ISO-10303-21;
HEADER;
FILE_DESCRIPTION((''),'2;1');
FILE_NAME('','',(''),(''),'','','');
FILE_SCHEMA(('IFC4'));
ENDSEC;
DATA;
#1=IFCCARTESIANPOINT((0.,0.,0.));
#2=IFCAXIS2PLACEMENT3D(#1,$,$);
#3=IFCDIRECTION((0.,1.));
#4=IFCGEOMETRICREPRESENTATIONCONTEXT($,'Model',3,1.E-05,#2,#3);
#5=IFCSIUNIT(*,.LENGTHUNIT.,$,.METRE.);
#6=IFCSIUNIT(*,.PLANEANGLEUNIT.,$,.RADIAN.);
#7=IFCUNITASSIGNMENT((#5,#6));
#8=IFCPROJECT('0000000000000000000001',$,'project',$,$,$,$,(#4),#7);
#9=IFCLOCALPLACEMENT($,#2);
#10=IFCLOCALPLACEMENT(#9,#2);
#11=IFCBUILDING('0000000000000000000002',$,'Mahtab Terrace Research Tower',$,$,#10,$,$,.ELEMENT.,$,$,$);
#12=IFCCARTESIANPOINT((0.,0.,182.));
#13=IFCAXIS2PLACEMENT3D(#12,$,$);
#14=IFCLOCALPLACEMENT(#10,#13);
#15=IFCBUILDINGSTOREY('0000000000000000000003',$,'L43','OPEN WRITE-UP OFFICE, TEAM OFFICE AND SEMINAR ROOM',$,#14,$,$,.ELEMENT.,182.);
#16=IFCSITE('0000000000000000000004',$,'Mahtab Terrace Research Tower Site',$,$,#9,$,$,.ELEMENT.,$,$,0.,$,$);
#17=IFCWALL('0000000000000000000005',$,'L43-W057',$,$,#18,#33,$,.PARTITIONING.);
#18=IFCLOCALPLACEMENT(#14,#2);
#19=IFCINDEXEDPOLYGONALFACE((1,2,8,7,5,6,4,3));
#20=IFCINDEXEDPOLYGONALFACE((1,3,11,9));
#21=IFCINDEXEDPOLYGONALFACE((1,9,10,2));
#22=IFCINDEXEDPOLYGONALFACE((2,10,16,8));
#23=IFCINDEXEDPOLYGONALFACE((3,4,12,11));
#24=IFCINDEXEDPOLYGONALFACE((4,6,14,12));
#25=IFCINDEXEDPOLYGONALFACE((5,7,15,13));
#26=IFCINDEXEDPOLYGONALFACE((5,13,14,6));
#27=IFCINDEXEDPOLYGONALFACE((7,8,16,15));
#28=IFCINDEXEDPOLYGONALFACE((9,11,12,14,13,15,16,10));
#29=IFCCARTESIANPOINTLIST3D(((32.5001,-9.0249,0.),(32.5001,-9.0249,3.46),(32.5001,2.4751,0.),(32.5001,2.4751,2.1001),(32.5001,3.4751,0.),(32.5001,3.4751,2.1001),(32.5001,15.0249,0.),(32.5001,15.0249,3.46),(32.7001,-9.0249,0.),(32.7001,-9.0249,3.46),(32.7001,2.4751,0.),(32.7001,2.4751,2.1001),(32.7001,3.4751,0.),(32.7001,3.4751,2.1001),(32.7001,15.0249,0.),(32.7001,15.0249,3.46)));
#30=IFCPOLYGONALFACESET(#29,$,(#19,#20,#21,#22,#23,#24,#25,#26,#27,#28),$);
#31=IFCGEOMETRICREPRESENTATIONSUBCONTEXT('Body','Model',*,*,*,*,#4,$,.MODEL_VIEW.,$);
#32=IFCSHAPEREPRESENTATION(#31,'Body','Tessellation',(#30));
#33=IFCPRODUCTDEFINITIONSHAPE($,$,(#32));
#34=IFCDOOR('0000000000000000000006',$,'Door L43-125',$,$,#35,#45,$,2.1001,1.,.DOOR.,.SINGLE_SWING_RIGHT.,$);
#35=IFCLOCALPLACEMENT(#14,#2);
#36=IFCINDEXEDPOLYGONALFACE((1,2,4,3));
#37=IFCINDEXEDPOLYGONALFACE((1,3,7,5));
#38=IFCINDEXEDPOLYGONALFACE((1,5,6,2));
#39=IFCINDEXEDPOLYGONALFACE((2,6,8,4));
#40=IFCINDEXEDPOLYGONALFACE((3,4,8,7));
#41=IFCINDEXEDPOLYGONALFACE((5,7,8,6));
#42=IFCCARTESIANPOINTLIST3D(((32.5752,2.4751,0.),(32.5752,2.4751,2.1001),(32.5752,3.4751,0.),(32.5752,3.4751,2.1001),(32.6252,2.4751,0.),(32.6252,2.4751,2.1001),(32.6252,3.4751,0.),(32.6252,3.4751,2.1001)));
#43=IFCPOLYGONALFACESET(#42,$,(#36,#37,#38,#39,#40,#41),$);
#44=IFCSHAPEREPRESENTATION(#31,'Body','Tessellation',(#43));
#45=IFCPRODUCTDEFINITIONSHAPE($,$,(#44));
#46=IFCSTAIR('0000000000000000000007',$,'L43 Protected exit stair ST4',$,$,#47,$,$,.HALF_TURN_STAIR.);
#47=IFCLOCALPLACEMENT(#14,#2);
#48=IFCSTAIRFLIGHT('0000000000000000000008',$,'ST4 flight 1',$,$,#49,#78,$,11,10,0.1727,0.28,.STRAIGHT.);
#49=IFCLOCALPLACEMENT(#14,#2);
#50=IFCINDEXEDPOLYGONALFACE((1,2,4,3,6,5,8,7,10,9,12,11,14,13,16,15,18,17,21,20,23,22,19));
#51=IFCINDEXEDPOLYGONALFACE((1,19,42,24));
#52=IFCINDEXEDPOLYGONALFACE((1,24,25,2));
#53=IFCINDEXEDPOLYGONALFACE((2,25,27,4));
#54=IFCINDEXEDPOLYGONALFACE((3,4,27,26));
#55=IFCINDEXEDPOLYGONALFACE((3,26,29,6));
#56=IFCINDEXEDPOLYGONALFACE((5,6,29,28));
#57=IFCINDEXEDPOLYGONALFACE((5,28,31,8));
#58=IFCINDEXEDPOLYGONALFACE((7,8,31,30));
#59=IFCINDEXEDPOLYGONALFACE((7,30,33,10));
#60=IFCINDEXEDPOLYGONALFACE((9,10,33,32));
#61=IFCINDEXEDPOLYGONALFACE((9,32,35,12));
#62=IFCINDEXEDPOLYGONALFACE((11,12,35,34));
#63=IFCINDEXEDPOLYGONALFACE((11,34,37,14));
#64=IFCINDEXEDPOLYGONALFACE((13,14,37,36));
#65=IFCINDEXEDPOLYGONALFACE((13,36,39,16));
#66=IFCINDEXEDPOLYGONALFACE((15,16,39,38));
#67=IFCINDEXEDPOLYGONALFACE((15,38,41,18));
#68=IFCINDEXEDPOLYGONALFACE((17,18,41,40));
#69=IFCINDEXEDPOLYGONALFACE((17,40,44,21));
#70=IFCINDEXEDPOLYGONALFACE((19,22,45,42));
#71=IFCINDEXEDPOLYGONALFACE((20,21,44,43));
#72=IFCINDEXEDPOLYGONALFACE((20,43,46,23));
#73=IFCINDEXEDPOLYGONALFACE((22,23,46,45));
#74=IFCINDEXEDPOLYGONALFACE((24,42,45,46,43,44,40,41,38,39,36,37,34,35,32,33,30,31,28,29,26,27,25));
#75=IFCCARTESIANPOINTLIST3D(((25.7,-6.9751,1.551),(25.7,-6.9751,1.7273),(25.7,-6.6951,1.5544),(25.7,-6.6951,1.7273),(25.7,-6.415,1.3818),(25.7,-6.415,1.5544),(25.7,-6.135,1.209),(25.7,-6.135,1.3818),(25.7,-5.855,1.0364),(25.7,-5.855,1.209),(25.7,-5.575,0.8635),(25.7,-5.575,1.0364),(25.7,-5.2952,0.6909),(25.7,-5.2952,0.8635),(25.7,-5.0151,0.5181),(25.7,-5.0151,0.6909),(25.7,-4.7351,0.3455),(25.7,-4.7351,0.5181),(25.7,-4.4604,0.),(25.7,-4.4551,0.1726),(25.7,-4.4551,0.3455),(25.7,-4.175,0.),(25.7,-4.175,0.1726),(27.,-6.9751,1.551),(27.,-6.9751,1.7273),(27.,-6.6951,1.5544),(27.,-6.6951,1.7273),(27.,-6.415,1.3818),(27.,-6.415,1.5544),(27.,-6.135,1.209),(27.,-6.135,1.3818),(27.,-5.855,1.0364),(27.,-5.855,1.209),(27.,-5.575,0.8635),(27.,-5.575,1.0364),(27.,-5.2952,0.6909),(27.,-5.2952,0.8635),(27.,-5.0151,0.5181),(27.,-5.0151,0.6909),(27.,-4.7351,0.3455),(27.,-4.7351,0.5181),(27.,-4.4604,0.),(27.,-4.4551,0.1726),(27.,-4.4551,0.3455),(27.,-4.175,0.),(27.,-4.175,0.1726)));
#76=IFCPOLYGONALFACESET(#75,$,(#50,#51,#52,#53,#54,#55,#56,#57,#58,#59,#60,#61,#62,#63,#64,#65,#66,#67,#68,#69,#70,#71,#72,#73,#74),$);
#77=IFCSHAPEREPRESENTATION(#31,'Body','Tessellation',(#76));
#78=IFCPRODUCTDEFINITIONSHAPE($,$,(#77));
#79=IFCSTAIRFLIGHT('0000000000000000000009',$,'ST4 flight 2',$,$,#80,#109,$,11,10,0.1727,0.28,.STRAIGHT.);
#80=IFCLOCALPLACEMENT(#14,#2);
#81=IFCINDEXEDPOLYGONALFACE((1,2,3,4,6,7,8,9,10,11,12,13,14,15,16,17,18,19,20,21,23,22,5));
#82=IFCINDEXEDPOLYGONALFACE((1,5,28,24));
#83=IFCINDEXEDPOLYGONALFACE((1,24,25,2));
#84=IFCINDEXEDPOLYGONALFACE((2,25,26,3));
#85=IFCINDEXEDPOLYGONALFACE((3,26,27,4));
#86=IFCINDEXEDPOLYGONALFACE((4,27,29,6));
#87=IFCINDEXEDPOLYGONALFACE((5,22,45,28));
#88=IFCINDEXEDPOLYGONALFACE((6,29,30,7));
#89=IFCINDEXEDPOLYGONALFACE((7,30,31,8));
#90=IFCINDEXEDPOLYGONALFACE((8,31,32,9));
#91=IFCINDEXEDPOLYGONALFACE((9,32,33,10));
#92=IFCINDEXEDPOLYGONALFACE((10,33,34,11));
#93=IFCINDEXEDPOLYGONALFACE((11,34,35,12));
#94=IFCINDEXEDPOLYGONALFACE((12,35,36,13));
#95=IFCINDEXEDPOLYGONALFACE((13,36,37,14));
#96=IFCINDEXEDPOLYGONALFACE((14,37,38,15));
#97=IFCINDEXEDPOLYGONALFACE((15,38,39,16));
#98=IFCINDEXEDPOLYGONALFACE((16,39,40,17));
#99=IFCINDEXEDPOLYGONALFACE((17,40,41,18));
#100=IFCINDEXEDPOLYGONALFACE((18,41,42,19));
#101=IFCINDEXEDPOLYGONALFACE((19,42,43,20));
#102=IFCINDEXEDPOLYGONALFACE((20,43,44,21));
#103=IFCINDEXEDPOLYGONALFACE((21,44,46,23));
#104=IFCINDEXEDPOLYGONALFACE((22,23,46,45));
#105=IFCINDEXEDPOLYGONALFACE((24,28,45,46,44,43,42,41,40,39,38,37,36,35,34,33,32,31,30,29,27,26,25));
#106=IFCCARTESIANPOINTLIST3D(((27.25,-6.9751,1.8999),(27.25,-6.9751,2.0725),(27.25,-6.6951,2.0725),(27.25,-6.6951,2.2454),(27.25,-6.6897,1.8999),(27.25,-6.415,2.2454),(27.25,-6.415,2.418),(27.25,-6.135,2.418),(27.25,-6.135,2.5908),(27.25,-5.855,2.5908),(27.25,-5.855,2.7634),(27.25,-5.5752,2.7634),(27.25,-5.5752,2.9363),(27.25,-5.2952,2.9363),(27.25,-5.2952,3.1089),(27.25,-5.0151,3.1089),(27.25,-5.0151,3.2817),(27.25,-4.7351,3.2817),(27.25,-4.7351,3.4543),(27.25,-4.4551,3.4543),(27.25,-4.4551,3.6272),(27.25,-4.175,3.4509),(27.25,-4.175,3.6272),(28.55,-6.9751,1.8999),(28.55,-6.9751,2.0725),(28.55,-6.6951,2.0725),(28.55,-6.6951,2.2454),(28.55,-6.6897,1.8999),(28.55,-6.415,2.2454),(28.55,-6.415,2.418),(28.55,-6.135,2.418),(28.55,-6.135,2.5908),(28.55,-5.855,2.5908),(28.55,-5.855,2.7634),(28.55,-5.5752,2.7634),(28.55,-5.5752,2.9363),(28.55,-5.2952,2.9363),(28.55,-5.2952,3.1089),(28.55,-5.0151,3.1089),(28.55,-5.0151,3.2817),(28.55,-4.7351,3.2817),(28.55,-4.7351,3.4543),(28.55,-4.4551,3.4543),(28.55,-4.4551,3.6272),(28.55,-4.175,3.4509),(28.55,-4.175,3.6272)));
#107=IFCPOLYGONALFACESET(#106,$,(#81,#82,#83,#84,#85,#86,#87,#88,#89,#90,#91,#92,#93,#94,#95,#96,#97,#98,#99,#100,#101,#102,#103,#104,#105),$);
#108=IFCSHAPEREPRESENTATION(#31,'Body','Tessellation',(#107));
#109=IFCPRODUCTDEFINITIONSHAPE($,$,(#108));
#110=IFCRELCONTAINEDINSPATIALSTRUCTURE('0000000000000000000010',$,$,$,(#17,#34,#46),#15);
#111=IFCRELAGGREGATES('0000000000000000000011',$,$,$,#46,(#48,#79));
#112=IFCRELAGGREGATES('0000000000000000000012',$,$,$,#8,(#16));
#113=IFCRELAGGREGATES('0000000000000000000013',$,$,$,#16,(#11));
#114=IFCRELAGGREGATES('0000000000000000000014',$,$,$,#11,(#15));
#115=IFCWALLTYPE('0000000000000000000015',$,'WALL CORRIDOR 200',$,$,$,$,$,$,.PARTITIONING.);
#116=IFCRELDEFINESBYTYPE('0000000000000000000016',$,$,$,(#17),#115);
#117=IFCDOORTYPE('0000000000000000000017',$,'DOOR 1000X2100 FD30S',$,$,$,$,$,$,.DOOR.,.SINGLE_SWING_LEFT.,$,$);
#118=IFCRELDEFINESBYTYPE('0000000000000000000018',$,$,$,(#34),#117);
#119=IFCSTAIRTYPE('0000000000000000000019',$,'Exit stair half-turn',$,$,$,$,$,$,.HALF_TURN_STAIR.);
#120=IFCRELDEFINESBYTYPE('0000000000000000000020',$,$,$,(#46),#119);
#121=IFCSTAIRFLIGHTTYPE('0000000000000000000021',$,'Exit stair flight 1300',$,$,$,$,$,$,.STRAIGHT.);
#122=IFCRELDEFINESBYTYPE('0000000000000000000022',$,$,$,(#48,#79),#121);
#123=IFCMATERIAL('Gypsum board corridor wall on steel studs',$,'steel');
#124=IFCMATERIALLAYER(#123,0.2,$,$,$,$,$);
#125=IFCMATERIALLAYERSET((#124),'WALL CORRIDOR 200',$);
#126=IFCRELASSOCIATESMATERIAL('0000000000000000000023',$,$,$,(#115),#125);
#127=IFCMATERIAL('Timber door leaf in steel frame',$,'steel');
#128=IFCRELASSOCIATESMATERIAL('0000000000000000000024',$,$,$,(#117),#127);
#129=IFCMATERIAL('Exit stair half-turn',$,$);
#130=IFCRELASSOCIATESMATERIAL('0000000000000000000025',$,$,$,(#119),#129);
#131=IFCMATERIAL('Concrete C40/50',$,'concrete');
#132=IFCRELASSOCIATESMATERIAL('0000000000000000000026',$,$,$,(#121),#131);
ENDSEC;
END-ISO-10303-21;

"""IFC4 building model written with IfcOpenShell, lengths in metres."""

from ifc_helpers import new_model, si_unit, direction, frame, frame_2d, origin, place, context, subcontext, project, spatial, polyline, rectangle, outline, extrude, material, layer, layer_set, type_object, element, fill, aggregate, save


model = new_model("IFC4")

# Units and contexts
model_context = context("Model", 3, precision=1e-05, world=origin(), true_north=direction((0.0, 1.0)))
body_context = subcontext(model_context, "Body", "Model", "MODEL_VIEW")
ifc_project = project(units=[si_unit("LENGTHUNIT", "METRE"), si_unit("PLANEANGLEUNIT", "RADIAN")], contexts=[model_context])

# Site, building, storey
site_placement = place(None, origin())
site = spatial("IfcSite", under=ifc_project, at=site_placement, Name="Mahtab Terrace Research Tower Site", CompositionType="ELEMENT", RefElevation=0.0)
building_placement = place(site_placement, origin())
building = spatial("IfcBuilding", under=site, at=building_placement, Name="Mahtab Terrace Research Tower", CompositionType="ELEMENT")
storey_placement = place(building_placement, frame((0.0, 0.0, 182.0)))
storey = spatial("IfcBuildingStorey", under=building, at=storey_placement, Name="L43", Description="OPEN WRITE-UP OFFICE, TEAM OFFICE AND SEMINAR ROOM", CompositionType="ELEMENT", Elevation=182.0)

# Shared definitions
ifc_material_1 = material(Name="Gypsum board corridor wall on steel studs", Category="steel")
ifc_layer_1 = layer(ifc_material_1, 0.2)
ifc_layer_set_1 = layer_set([ifc_layer_1], Name="WALL CORRIDOR 200")
wall_type_1 = type_object("IfcWallType", Name="WALL CORRIDOR 200", PredefinedType="PARTITIONING", material=ifc_layer_set_1)
ifc_material_2 = material(Name="Timber door leaf in steel frame", Category="steel")
door_type_1 = type_object("IfcDoorType", Name="DOOR 1000X2100 FD30S", OperationType="SINGLE_SWING_LEFT", PredefinedType="DOOR", material=ifc_material_2)

# Wall, opening, door
wall_1_placement = place(storey_placement, frame((32.6001, -9.0249, 0.0), z_axis=(0.0, 0.0, 1.0), x_axis=(0.0, 1.0, 0.0)))
wall_1 = element("IfcWall", 1, at=wall_1_placement, inside=storey, type_object=wall_type_1, Name="L43-W057", PredefinedType="PARTITIONING", context=body_context, shape_type="SweptSolid", body=[
    extrude(rectangle(XDim=24.0498, YDim=0.2, at=frame_2d((12.0249, 0.0))), origin(), (0.0, 0.0, 1.0), 3.46),
])
opening_1_placement = place(wall_1_placement, frame((11.5, 0.0, 0.0)))
opening_1 = element("IfcOpeningElement", 2, at=opening_1_placement, cuts=wall_1, PredefinedType="OPENING", context=body_context, shape_type="SweptSolid", body=[
    extrude(rectangle(XDim=1.0, YDim=2.1001, at=frame_2d((0.5, 1.05))), frame((0.0, 0.1099, 0.0), z_axis=(0.0, -1.0, 0.0), x_axis=(1.0, 0.0, 0.0)), (0.0, 0.0, 1.0), 0.22),
])
door_1_placement = place(opening_1_placement, origin())
door_1 = element("IfcDoor", 3, at=door_1_placement, inside=storey, type_object=door_type_1, Name="Door L43-125", OperationType="SINGLE_SWING_RIGHT", OverallHeight=2.1001, OverallWidth=1.0, PredefinedType="DOOR", context=body_context, shape_type="SweptSolid", body=[
    extrude(rectangle(XDim=1.0, YDim=2.1001, at=frame_2d((0.5, 1.05))), frame((0.0, 0.0249, 0.0), z_axis=(0.0, -1.0, 0.0), x_axis=(1.0, 0.0, 0.0)), (0.0, 0.0, 1.0), 0.05),
])
fill(opening_1, door_1)

# Stair, stair flights
ifc_material_3 = material(Name="Exit stair half-turn")
stair_type = type_object("IfcStairType", Name="Exit stair half-turn", PredefinedType="HALF_TURN_STAIR", material=ifc_material_3)
stair_placement = place(storey_placement, origin())
stair = element("IfcStair", 4, at=stair_placement, inside=storey, type_object=stair_type, Name="L43 Protected exit stair ST4", PredefinedType="HALF_TURN_STAIR")
ifc_material_4 = material(Name="Concrete C40/50", Category="concrete")
stair_flight_type = type_object("IfcStairFlightType", Name="Exit stair flight 1300", PredefinedType="STRAIGHT", material=ifc_material_4)
stair_flight_1_placement = place(storey_placement, frame((26.3501, -4.175, 0.0), z_axis=(0.0, 0.0, 1.0), x_axis=(0.0, -1.0, 0.0)))
stair_flight_1 = element("IfcStairFlight", 5, at=stair_flight_1_placement, type_object=stair_flight_type, Name="ST4 flight 1", NumberOfRisers=11, NumberOfTreads=10, PredefinedType="STRAIGHT", RiserHeight=0.1727, TreadLength=0.28, context=body_context, shape_type="SweptSolid", body=[
    extrude(outline(polyline([(0.0, 0.0), (0.0, 0.1726), (0.28, 0.1726), (0.28, 0.3455), (0.5601, 0.3455), (0.5601, 0.5181), (0.8401, 0.5181), (0.8401, 0.6909), (1.1201, 0.6909), (1.1201, 0.8635), (1.3999, 0.8635), (1.3999, 1.0364), (1.6799, 1.0364), (1.6799, 1.209), (1.96, 1.209), (1.96, 1.3818), (2.24, 1.3818), (2.24, 1.5544), (2.52, 1.5544), (2.52, 1.7273), (2.8, 1.7273), (2.8, 1.8999), (2.8, 1.551), (0.2854, 0.0), (0.0, 0.0)])), frame((0.0, 0.6499, 0.0), z_axis=(0.0, -1.0, 0.0), x_axis=(1.0, 0.0, 0.0)), (0.0, 0.0, 1.0), 1.3),
])
stair_flight_2_placement = place(storey_placement, frame((27.8999, -6.9751, 1.8999), z_axis=(0.0, 0.0, 1.0), x_axis=(0.0, 1.0, 0.0)))
stair_flight_2 = element("IfcStairFlight", 6, at=stair_flight_2_placement, type_object=stair_flight_type, Name="ST4 flight 2", NumberOfRisers=11, NumberOfTreads=10, PredefinedType="STRAIGHT", RiserHeight=0.1727, TreadLength=0.28, context=body_context, shape_type="SweptSolid", body=[
    extrude(outline(polyline([(0.0, 0.0), (0.0, 0.1726), (0.28, 0.1726), (0.28, 0.3455), (0.5601, 0.3455), (0.5601, 0.5181), (0.8401, 0.5181), (0.8401, 0.6909), (1.1201, 0.6909), (1.1201, 0.8635), (1.3999, 0.8635), (1.3999, 1.0364), (1.6799, 1.0364), (1.6799, 1.209), (1.96, 1.209), (1.96, 1.3818), (2.24, 1.3818), (2.24, 1.5544), (2.52, 1.5544), (2.52, 1.7273), (2.8, 1.7273), (2.8, 1.8999), (2.8, 1.551), (0.2854, 0.0), (0.0, 0.0)])), frame((0.0, 0.6499, 0.0), z_axis=(0.0, -1.0, 0.0), x_axis=(1.0, 0.0, 0.0)), (0.0, 0.0, 1.0), 1.3),
])
aggregate(stair, [stair_flight_1, stair_flight_2])

save(model, "model.ifc")
